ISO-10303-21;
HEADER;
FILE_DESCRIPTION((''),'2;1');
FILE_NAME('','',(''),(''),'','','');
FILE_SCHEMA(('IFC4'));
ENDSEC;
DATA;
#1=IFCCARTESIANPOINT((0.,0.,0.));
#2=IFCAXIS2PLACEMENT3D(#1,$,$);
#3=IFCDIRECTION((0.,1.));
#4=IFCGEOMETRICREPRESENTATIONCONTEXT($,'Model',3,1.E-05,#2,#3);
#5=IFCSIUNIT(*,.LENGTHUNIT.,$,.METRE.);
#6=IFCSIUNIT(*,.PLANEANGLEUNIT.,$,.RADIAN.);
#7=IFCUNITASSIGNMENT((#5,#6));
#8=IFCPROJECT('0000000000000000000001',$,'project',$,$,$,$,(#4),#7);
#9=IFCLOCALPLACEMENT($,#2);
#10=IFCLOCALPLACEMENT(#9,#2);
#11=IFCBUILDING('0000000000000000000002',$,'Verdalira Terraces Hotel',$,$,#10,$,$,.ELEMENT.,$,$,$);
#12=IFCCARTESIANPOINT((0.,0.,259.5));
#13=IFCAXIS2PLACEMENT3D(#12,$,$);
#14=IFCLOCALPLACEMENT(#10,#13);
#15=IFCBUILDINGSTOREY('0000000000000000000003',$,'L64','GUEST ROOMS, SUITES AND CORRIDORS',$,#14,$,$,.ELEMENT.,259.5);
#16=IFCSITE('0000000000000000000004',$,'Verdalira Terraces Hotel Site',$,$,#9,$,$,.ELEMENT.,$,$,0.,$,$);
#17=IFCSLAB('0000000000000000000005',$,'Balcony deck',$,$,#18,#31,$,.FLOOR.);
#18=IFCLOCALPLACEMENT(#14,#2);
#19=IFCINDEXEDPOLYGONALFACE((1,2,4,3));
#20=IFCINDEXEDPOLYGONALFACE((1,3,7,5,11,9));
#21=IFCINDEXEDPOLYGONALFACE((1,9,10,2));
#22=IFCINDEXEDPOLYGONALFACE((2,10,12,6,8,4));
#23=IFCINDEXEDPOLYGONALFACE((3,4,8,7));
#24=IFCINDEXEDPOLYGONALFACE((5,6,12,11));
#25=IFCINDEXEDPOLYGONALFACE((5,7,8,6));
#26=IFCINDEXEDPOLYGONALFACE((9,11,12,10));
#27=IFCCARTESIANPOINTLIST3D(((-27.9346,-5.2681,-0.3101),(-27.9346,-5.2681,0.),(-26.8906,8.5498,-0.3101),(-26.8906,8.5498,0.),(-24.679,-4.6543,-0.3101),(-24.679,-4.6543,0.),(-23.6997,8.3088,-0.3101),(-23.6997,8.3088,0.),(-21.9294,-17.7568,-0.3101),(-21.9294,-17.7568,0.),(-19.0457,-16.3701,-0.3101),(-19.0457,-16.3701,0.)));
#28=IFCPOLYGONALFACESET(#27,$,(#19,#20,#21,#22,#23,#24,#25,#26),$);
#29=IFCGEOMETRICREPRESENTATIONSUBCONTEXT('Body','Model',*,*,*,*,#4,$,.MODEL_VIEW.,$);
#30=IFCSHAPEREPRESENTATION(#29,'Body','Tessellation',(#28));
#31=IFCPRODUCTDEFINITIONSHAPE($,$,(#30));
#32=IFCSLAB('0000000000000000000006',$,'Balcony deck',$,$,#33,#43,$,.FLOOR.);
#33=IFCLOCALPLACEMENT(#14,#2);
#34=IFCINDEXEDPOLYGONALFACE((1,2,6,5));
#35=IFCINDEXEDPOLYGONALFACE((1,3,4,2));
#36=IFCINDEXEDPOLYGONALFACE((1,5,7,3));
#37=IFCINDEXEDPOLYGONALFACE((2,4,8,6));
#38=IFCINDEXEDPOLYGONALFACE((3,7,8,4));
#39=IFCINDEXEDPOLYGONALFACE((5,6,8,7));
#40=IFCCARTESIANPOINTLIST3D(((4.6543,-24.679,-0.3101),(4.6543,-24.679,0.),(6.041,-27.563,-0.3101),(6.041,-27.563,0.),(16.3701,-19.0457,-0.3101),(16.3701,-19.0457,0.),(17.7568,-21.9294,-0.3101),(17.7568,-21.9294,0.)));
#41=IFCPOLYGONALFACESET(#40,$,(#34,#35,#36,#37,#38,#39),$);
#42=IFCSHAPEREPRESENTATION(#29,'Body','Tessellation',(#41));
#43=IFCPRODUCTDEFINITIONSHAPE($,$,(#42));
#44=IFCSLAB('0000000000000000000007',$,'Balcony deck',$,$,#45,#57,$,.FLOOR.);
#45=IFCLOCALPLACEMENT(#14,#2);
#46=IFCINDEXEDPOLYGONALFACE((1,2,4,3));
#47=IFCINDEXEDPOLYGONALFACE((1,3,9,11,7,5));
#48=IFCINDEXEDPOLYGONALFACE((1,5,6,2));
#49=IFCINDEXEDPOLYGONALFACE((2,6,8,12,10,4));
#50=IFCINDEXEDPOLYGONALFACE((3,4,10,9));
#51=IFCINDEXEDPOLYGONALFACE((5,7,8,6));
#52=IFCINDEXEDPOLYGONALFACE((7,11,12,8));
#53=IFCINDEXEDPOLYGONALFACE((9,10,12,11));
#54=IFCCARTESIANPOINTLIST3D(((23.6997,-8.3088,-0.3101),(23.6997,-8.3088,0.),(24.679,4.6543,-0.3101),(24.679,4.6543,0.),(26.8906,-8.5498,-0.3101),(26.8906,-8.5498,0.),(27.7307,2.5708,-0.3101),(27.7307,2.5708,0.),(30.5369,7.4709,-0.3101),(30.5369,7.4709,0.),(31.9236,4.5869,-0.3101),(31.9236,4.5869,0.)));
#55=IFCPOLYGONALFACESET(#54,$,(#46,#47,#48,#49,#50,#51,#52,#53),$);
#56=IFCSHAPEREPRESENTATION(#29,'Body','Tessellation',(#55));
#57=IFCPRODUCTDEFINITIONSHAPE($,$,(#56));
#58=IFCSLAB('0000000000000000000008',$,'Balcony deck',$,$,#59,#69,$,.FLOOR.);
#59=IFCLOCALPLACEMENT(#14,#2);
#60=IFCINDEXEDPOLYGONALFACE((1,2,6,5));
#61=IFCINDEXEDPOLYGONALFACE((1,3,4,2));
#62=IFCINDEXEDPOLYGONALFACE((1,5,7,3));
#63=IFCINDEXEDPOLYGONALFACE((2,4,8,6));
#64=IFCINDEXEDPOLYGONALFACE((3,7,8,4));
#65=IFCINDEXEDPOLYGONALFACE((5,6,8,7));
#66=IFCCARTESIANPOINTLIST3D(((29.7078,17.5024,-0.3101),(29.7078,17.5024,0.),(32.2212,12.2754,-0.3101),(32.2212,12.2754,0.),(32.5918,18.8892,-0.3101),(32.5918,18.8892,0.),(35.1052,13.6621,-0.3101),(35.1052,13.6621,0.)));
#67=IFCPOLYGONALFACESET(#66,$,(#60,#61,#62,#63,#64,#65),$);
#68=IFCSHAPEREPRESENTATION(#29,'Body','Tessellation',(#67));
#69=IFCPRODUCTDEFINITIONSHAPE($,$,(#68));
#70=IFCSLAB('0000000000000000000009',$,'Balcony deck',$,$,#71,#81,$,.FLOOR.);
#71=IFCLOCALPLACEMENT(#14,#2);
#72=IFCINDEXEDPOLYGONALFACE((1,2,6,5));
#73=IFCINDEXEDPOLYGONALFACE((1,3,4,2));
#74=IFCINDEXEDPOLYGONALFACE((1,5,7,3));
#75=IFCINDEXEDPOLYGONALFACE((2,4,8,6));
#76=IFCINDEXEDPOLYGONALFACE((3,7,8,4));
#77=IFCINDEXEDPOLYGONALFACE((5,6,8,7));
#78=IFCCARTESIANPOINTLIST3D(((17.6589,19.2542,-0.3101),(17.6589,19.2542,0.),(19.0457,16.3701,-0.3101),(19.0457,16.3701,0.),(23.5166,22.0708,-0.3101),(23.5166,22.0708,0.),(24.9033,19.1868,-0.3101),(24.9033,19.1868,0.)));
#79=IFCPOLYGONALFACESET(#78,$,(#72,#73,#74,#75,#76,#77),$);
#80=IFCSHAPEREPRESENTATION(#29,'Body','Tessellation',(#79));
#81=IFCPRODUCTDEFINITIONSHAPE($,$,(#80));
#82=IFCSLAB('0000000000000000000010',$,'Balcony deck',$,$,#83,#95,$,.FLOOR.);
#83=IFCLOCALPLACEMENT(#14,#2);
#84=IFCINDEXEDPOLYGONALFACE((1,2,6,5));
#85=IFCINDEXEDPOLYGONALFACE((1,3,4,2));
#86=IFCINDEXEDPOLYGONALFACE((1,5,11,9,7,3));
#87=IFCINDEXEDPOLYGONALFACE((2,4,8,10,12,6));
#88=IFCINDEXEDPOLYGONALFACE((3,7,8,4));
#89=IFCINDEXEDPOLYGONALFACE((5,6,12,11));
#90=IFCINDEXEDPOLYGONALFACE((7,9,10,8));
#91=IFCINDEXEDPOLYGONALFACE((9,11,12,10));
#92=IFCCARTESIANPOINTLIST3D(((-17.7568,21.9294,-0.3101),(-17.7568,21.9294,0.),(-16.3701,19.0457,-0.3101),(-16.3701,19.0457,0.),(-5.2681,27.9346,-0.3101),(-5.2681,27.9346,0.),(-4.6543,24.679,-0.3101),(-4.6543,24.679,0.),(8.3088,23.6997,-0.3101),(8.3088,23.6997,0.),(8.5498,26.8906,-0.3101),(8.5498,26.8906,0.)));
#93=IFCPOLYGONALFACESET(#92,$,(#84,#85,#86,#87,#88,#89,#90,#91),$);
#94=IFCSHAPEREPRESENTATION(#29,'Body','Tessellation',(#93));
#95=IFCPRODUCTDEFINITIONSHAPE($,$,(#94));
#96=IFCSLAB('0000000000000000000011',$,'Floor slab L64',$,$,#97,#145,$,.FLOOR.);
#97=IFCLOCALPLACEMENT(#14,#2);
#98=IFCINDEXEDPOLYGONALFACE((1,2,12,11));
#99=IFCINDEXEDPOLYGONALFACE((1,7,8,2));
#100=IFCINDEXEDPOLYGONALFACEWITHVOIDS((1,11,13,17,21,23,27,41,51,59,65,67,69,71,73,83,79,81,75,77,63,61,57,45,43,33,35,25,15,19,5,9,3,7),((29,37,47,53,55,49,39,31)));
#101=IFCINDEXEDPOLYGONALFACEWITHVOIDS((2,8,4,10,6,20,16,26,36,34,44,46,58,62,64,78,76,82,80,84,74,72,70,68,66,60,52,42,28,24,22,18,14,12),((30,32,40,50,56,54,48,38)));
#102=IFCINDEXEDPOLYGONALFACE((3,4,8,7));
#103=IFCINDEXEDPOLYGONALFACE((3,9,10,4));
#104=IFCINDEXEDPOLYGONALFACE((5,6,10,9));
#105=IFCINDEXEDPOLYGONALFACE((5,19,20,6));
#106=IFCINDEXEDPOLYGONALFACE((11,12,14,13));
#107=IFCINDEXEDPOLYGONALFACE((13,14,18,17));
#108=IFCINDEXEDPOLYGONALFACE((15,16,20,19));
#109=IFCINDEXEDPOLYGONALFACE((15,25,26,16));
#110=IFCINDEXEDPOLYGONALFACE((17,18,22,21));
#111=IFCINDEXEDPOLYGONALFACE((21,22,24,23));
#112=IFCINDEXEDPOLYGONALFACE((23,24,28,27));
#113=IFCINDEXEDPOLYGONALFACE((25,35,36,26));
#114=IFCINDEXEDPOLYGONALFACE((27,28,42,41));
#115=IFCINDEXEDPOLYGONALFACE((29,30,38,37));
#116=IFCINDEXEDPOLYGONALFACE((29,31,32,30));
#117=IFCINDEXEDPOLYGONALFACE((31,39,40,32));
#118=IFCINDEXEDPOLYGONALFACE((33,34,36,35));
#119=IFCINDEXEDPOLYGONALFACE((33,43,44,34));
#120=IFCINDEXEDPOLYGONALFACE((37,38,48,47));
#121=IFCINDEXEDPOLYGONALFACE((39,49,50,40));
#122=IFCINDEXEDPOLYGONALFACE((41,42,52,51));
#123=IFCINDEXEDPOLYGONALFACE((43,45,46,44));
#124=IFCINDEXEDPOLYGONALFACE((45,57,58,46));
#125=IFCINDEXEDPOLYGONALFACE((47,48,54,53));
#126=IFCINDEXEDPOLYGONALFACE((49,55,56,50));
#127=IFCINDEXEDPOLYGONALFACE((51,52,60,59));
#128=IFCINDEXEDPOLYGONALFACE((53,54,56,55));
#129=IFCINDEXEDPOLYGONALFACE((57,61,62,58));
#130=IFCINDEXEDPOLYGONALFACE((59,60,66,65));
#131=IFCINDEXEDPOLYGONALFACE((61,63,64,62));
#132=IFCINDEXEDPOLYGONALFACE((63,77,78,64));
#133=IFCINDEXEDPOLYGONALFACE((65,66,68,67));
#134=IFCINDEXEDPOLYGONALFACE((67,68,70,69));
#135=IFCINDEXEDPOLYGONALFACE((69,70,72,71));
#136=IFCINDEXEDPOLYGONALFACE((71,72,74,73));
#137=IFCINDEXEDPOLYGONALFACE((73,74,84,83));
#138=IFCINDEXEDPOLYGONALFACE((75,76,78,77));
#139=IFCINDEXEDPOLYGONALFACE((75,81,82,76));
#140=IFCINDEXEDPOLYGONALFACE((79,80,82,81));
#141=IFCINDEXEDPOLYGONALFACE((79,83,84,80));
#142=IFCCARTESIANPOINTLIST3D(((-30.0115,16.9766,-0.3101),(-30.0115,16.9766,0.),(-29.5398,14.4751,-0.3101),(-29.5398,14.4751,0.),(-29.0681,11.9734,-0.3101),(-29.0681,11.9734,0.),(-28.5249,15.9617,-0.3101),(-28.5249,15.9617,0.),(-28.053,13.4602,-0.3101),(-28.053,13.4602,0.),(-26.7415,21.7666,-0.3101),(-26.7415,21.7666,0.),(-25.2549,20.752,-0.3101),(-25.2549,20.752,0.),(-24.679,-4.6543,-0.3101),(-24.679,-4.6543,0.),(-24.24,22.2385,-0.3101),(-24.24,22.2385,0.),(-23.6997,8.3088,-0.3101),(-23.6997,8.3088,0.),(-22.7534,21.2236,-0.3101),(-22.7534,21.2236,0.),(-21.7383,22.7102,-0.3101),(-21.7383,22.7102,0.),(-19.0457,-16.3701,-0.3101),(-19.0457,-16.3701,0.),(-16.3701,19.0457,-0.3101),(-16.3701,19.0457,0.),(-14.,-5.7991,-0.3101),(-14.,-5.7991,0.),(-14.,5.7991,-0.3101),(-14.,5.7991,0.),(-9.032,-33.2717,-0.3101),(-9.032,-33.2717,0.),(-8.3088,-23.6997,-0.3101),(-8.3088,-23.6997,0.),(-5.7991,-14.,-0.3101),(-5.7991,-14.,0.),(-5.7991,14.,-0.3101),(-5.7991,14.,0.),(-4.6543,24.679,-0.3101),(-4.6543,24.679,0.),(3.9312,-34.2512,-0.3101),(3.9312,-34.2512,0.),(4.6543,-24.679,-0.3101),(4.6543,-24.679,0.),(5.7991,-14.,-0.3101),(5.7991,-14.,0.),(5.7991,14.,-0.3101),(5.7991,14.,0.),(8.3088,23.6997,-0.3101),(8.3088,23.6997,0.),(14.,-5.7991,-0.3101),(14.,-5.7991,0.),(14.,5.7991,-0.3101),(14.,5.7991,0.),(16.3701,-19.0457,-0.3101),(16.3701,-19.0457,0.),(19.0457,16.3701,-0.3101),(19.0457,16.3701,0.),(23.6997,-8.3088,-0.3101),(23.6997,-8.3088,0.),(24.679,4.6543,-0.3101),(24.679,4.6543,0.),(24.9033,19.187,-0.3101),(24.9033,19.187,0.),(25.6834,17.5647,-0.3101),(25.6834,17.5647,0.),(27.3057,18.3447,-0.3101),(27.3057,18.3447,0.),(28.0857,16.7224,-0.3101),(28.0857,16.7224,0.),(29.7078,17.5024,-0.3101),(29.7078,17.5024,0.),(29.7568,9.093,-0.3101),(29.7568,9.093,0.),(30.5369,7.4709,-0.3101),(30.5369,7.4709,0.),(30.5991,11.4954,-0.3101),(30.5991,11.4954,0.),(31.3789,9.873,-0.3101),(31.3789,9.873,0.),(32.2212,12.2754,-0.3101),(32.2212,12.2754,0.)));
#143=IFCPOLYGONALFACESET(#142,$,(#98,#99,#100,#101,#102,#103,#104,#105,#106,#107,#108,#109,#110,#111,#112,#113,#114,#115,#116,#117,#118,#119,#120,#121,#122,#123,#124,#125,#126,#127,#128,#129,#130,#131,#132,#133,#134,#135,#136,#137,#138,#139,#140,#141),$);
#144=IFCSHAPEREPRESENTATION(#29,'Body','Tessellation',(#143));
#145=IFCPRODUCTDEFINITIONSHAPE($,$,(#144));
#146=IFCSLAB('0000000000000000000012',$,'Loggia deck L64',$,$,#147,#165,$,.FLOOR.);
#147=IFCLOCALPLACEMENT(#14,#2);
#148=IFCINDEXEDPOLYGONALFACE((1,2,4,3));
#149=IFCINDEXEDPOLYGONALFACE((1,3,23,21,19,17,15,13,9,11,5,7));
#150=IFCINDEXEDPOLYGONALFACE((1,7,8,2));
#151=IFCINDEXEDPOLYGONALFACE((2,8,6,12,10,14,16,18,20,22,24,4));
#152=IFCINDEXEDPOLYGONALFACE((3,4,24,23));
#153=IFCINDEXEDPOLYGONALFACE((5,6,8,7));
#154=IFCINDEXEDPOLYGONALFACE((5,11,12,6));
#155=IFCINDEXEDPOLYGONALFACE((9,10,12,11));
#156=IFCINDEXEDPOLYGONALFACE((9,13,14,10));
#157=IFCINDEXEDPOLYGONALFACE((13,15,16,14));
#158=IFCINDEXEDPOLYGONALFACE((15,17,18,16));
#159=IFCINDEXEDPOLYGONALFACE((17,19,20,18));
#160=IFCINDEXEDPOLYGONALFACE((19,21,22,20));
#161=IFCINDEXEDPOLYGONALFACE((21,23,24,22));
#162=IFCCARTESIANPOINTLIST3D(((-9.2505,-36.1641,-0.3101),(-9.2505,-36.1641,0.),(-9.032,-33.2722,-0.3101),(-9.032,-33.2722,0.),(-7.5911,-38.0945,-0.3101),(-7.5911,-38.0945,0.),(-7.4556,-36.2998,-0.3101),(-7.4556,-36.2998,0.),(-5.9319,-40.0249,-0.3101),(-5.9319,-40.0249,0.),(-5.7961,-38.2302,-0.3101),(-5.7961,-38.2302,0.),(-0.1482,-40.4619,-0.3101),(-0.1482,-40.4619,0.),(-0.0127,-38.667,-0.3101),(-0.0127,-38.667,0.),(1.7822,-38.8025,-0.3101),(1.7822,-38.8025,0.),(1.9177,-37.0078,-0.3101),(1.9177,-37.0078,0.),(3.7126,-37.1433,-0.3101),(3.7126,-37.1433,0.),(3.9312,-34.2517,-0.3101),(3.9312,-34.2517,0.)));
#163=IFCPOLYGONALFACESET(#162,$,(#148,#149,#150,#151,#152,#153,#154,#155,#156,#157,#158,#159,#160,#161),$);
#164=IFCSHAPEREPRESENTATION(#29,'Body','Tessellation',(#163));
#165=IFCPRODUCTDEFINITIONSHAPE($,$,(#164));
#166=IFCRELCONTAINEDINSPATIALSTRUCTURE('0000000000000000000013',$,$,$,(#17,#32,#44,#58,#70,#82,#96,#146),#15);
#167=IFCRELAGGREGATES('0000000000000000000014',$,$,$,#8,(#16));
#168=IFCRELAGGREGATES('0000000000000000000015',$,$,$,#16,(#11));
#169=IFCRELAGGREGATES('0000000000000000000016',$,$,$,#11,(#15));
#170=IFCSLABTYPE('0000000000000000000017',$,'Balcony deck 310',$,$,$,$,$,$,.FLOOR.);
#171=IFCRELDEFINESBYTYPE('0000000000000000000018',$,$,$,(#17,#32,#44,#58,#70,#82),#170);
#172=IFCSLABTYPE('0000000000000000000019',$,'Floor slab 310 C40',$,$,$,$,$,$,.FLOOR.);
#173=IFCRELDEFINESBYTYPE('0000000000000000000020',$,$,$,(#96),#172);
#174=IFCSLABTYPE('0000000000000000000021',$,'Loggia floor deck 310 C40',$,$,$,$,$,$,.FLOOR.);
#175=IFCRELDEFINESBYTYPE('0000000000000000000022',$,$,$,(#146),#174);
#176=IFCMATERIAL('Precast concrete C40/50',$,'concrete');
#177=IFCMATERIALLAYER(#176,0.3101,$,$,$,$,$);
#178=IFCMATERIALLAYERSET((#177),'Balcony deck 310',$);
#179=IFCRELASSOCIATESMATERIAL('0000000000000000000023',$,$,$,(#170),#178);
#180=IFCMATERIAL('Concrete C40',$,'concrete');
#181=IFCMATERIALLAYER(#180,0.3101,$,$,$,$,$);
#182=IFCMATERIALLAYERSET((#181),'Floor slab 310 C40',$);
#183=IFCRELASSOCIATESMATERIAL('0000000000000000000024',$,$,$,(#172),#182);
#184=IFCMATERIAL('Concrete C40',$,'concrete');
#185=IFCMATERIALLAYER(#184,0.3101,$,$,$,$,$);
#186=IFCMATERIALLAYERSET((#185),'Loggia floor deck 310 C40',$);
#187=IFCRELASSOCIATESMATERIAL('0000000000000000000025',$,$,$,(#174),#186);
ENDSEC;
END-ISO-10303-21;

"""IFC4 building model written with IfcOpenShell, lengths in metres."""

from ifc_helpers import new_model, si_unit, direction, frame, origin, place, context, subcontext, project, spatial, polyline, outline, extrude, material, layer, layer_set, type_object, element, save


model = new_model("IFC4")

# Units and contexts
model_context = context("Model", 3, precision=1e-05, world=origin(), true_north=direction((0.0, 1.0)))
body_context = subcontext(model_context, "Body", "Model", "MODEL_VIEW")
ifc_project = project(units=[si_unit("LENGTHUNIT", "METRE"), si_unit("PLANEANGLEUNIT", "RADIAN")], contexts=[model_context])

# Site, building, storey
site_placement = place(None, origin())
site = spatial("IfcSite", under=ifc_project, at=site_placement, Name="Verdalira Terraces Hotel Site", CompositionType="ELEMENT", RefElevation=0.0)
building_placement = place(site_placement, origin())
building = spatial("IfcBuilding", under=site, at=building_placement, Name="Verdalira Terraces Hotel", CompositionType="ELEMENT")
storey_placement = place(building_placement, frame((0.0, 0.0, 259.5)))
storey = spatial("IfcBuildingStorey", under=building, at=storey_placement, Name="L64", Description="GUEST ROOMS, SUITES AND CORRIDORS", CompositionType="ELEMENT", Elevation=259.5)

# Slabs
ifc_material_1 = material(Name="Precast concrete C40/50", Category="concrete")
ifc_layer_1 = layer(ifc_material_1, 0.3101)
ifc_layer_set_1 = layer_set([ifc_layer_1], Name="Balcony deck 310")
slab_type_1 = type_object("IfcSlabType", Name="Balcony deck 310", PredefinedType="FLOOR", material=ifc_layer_set_1)
slab_1_placement = place(storey_placement, frame((0.0, 0.0, -0.3101)))
element("IfcSlab", 1, at=slab_1_placement, inside=storey, type_object=slab_type_1, Name="Balcony deck", PredefinedType="FLOOR", context=body_context, shape_type="SweptSolid", body=[
    extrude(outline(polyline([(-27.9346, -5.2681), (-21.9294, -17.7568), (-19.0457, -16.3701), (-24.679, -4.6543), (-23.6997, 8.3088), (-26.8906, 8.5498), (-27.9346, -5.2681)])), origin(), (0.0, 0.0, 1.0), 0.3101),
])
slab_2_placement = place(storey_placement, frame((0.0, 0.0, -0.3101)))
element("IfcSlab", 2, at=slab_2_placement, inside=storey, type_object=slab_type_1, Name="Balcony deck", PredefinedType="FLOOR", context=body_context, shape_type="SweptSolid", body=[
    extrude(outline(polyline([(17.7568, -21.9294), (16.3701, -19.0457), (4.6543, -24.679), (6.041, -27.563), (17.7568, -21.9294)])), origin(), (0.0, 0.0, 1.0), 0.3101),
])
slab_3_placement = place(storey_placement, frame((0.0, 0.0, -0.3101)))
element("IfcSlab", 3, at=slab_3_placement, inside=storey, type_object=slab_type_1, Name="Balcony deck", PredefinedType="FLOOR", context=body_context, shape_type="SweptSolid", body=[
    extrude(outline(polyline([(31.9236, 4.5869), (30.5369, 7.4709), (24.679, 4.6543), (23.6997, -8.3088), (26.8906, -8.5498), (27.7307, 2.5708), (31.9236, 4.5869)])), origin(), (0.0, 0.0, 1.0), 0.3101),
])
slab_4_placement = place(storey_placement, frame((0.0, 0.0, -0.3101)))
element("IfcSlab", 4, at=slab_4_placement, inside=storey, type_object=slab_type_1, Name="Balcony deck", PredefinedType="FLOOR", context=body_context, shape_type="SweptSolid", body=[
    extrude(outline(polyline([(32.5918, 18.8892), (29.7078, 17.5024), (32.2212, 12.2754), (35.1052, 13.6621), (32.5918, 18.8892)])), origin(), (0.0, 0.0, 1.0), 0.3101),
])
slab_5_placement = place(storey_placement, frame((0.0, 0.0, -0.3101)))
element("IfcSlab", 5, at=slab_5_placement, inside=storey, type_object=slab_type_1, Name="Balcony deck", PredefinedType="FLOOR", context=body_context, shape_type="SweptSolid", body=[
    extrude(outline(polyline([(17.6589, 19.2541), (19.0457, 16.3701), (24.9033, 19.1868), (23.5166, 22.0708), (17.6589, 19.2541)])), origin(), (0.0, 0.0, 1.0), 0.3101),
])
slab_6_placement = place(storey_placement, frame((0.0, 0.0, -0.3101)))
element("IfcSlab", 6, at=slab_6_placement, inside=storey, type_object=slab_type_1, Name="Balcony deck", PredefinedType="FLOOR", context=body_context, shape_type="SweptSolid", body=[
    extrude(outline(polyline([(-5.2681, 27.9346), (-17.7568, 21.9294), (-16.3701, 19.0457), (-4.6543, 24.679), (8.3088, 23.6997), (8.5498, 26.8906), (-5.2681, 27.9346)])), origin(), (0.0, 0.0, 1.0), 0.3101),
])
ifc_material_2 = material(Name="Concrete C40", Category="concrete")
ifc_layer_2 = layer(ifc_material_2, 0.3101)
ifc_layer_set_2 = layer_set([ifc_layer_2], Name="Floor slab 310 C40")
slab_type_2 = type_object("IfcSlabType", Name="Floor slab 310 C40", PredefinedType="FLOOR", material=ifc_layer_set_2)
slab_7_placement = place(storey_placement, frame((0.0, 0.0, -0.3101)))
element("IfcSlab", 7, at=slab_7_placement, inside=storey, type_object=slab_type_2, Name="Floor slab L64", PredefinedType="FLOOR", context=body_context, shape_type="SweptSolid", body=[
    extrude(outline(polyline([(-19.0457, -16.3701), (-8.3088, -23.6997), (-9.032, -33.2717), (3.9312, -34.2512), (4.6543, -24.679), (16.3701, -19.0457), (23.6997, -8.3088), (24.679, 4.6543), (30.5369, 7.4709), (29.7568, 9.093), (31.3789, 9.873), (30.5991, 11.4954), (32.2212, 12.2754), (29.7078, 17.5024), (28.0857, 16.7224), (27.3057, 18.3447), (25.6834, 17.5647), (24.9033, 19.187), (19.0457, 16.3701), (8.3088, 23.6997), (-4.6543, 24.679), (-16.3701, 19.0457), (-21.7383, 22.7102), (-22.7534, 21.2236), (-24.24, 22.2385), (-25.2549, 20.752), (-26.7415, 21.7666), (-30.0115, 16.9766), (-28.5249, 15.9617), (-29.5398, 14.4751), (-28.053, 13.4602), (-29.0681, 11.9734), (-23.6997, 8.3088), (-24.679, -4.6543), (-19.0457, -16.3701)]), holes=[polyline([(5.7991, 14.0), (14.0, 5.7991), (14.0, -5.7991), (5.7991, -14.0), (-5.7991, -14.0), (-14.0, -5.7991), (-14.0, 5.7991), (-5.7991, 14.0), (5.7991, 14.0)])]), origin(), (0.0, 0.0, 1.0), 0.3101),
])
ifc_material_3 = material(Name="Concrete C40", Category="concrete")
ifc_layer_3 = layer(ifc_material_3, 0.3101)
ifc_layer_set_3 = layer_set([ifc_layer_3], Name="Loggia floor deck 310 C40")
slab_type_3 = type_object("IfcSlabType", Name="Loggia floor deck 310 C40", PredefinedType="FLOOR", material=ifc_layer_set_3)
slab_8_placement = place(storey_placement, frame((0.0, 0.0, -0.3101)))
element("IfcSlab", 8, at=slab_8_placement, inside=storey, type_object=slab_type_3, Name="Loggia deck L64", PredefinedType="FLOOR", context=body_context, shape_type="SweptSolid", body=[
    extrude(outline(polyline([(3.7126, -37.1433), (3.9312, -34.2517), (-9.032, -33.2722), (-9.2505, -36.1641), (-7.4556, -36.2998), (-7.5911, -38.0945), (-5.7961, -38.2302), (-5.9319, -40.0249), (-0.1482, -40.4619), (-0.0127, -38.667), (1.7822, -38.8025), (1.9177, -37.0078), (3.7126, -37.1433)])), origin(), (0.0, 0.0, 1.0), 0.3101),
])

save(model, "model.ifc")
